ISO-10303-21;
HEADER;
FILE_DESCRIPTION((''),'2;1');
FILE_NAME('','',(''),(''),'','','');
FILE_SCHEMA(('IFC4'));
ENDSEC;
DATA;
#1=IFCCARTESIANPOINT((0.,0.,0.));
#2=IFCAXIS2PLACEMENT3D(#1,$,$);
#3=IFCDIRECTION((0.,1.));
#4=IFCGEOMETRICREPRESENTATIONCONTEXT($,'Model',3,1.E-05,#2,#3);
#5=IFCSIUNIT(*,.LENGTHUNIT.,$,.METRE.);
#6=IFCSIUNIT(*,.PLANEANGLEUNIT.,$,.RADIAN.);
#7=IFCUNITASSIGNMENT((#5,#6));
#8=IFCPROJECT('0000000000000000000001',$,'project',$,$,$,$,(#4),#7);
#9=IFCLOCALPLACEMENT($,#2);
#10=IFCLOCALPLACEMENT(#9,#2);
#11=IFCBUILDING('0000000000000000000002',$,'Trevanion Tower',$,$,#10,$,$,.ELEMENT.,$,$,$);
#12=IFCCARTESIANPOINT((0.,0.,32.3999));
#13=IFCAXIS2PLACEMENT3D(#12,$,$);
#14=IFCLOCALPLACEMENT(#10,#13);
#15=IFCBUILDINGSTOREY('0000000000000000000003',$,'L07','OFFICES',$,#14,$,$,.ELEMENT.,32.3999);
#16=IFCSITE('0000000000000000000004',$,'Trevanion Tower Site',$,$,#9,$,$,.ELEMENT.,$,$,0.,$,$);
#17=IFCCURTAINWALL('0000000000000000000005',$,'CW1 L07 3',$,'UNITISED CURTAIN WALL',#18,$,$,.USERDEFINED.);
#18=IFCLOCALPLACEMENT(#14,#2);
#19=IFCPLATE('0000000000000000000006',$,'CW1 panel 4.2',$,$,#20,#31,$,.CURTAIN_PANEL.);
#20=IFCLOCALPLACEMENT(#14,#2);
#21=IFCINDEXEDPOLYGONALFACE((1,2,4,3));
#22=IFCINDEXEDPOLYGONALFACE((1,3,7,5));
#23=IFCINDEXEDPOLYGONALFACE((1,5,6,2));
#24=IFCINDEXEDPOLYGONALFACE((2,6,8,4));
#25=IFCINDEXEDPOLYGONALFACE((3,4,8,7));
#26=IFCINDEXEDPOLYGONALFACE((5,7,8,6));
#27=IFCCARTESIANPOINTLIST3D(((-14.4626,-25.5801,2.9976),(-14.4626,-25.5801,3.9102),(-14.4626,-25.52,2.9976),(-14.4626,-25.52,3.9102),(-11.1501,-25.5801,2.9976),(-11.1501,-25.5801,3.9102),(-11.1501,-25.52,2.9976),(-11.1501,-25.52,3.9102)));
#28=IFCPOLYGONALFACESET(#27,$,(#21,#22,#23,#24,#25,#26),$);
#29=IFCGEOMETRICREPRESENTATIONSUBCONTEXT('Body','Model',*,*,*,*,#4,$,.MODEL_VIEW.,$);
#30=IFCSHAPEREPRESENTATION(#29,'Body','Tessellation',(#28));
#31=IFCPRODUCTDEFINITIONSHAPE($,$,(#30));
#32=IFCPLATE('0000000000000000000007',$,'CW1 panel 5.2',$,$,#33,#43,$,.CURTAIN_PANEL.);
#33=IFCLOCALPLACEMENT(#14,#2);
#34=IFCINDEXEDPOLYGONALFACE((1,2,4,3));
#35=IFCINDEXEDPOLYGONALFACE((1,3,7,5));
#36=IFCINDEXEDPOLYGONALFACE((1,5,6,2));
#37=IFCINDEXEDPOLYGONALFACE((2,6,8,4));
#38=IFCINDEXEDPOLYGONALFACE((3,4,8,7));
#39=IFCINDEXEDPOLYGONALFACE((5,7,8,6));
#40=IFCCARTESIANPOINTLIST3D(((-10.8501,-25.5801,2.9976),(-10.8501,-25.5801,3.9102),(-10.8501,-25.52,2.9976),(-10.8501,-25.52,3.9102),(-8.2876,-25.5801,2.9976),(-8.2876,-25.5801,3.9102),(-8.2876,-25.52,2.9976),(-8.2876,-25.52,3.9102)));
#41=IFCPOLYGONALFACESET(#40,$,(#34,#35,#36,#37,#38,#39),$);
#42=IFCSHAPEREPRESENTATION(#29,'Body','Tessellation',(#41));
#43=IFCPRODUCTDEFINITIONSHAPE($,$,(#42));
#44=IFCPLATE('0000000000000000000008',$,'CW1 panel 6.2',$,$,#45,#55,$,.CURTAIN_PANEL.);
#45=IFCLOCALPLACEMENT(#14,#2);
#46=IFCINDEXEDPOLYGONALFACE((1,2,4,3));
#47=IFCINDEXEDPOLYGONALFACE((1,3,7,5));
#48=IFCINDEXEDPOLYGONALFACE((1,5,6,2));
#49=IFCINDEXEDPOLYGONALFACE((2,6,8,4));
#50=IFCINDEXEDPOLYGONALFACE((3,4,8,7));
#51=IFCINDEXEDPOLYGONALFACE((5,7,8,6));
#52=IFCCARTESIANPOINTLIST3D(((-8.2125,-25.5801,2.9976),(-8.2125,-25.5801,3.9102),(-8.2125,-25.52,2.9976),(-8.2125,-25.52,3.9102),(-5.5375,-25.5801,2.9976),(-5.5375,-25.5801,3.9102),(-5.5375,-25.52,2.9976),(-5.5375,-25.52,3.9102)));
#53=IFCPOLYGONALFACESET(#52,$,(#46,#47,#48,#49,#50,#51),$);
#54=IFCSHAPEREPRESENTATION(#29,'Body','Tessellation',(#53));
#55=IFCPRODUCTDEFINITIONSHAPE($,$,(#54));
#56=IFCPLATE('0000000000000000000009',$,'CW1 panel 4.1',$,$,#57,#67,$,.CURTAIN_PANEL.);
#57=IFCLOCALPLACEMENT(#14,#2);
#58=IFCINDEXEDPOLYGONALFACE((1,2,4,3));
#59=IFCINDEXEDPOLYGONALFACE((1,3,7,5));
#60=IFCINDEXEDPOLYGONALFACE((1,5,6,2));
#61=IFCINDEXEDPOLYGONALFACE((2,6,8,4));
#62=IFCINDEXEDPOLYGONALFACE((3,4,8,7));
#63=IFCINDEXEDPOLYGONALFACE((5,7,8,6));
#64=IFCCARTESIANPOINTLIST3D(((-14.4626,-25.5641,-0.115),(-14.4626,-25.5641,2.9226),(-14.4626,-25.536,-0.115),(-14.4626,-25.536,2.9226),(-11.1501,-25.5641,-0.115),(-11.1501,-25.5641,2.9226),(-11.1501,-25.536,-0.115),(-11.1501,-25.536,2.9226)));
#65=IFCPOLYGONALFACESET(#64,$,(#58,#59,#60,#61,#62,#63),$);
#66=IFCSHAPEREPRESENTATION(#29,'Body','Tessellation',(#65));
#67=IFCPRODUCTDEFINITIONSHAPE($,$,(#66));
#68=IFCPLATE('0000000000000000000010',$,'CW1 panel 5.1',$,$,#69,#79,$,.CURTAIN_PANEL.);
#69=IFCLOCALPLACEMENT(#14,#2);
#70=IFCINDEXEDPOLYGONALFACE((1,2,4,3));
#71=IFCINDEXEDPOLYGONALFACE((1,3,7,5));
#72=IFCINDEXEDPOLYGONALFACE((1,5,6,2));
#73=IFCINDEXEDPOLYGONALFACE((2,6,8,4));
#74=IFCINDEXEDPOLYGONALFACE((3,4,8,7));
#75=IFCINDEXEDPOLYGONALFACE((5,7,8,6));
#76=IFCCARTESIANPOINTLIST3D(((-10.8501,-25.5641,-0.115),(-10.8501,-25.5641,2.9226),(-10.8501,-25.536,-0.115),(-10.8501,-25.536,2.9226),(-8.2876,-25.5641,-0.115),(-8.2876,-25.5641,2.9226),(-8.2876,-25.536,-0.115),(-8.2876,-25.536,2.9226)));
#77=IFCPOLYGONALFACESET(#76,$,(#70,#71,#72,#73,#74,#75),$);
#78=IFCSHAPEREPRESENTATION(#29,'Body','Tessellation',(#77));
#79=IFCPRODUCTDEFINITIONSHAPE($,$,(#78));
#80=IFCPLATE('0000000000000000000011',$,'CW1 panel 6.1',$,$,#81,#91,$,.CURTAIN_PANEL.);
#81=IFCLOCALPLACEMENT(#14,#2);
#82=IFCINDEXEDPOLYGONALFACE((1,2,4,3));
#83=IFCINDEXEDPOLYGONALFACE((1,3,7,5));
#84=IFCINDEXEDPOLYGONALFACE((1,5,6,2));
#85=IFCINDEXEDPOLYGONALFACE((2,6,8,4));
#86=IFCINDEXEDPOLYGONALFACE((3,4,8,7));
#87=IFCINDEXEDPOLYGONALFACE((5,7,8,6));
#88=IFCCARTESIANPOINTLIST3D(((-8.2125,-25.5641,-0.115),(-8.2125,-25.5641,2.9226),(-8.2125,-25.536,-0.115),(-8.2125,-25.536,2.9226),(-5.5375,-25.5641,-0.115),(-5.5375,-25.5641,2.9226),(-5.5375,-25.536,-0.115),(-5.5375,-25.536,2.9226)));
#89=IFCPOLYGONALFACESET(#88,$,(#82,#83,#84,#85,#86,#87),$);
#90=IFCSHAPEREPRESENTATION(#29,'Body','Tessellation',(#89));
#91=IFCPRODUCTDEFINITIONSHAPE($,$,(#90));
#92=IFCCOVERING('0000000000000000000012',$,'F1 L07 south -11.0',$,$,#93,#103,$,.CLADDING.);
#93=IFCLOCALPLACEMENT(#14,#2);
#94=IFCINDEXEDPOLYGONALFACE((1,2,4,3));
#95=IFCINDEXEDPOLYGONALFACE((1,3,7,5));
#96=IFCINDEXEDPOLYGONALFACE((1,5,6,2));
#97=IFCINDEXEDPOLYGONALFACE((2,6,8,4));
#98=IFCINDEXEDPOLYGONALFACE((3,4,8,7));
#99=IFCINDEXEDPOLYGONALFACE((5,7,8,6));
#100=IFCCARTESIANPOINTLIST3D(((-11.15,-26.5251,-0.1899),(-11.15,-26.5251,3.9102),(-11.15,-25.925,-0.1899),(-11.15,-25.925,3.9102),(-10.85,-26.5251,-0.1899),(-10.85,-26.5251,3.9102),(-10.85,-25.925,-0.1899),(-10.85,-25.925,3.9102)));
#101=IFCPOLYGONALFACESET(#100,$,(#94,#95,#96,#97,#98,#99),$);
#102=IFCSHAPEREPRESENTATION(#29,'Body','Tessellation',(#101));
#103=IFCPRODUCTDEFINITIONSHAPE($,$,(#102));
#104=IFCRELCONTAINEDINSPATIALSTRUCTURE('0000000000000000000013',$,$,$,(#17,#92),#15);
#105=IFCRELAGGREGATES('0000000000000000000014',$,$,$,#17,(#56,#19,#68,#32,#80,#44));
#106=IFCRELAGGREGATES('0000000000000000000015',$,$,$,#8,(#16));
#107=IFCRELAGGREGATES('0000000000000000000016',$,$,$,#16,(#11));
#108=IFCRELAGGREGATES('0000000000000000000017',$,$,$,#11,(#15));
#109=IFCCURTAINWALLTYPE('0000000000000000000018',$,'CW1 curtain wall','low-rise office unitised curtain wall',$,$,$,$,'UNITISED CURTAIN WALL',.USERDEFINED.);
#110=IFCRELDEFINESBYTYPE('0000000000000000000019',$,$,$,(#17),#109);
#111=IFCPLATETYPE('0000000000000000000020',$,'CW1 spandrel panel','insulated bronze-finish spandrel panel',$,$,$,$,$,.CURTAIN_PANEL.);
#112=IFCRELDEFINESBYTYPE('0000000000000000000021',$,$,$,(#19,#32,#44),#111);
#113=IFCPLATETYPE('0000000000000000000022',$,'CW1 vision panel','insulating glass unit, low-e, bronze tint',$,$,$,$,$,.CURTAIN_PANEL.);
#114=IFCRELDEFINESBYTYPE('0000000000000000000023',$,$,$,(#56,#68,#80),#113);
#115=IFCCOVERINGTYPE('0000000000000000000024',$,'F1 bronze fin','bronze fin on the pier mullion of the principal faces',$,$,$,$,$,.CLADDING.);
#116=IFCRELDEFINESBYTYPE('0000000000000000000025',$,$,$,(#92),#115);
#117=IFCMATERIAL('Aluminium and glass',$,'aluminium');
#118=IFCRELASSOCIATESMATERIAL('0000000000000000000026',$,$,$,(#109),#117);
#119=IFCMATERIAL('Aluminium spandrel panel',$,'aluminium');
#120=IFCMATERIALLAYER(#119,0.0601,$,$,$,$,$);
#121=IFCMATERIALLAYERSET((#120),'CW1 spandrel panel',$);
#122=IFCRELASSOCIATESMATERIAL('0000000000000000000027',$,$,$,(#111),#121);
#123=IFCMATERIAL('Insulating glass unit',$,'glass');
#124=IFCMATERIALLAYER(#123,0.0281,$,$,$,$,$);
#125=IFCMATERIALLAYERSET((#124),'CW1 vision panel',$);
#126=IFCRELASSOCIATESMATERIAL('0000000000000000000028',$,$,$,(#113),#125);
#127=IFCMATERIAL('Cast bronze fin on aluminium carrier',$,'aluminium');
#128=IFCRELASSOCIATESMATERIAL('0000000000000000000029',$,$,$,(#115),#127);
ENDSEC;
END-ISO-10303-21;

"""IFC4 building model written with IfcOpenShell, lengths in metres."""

from ifc_helpers import new_model, si_unit, direction, frame, origin, origin_2d, place, context, subcontext, project, spatial, rectangle, extrude, material, layer, layer_set, type_object, element, aggregate, save


model = new_model("IFC4")

# Units and contexts
model_context = context("Model", 3, precision=1e-05, world=origin(), true_north=direction((0.0, 1.0)))
body_context = subcontext(model_context, "Body", "Model", "MODEL_VIEW")
ifc_project = project(units=[si_unit("LENGTHUNIT", "METRE"), si_unit("PLANEANGLEUNIT", "RADIAN")], contexts=[model_context])

# Site, building, storey
site_placement = place(None, origin())
site = spatial("IfcSite", under=ifc_project, at=site_placement, Name="Trevanion Tower Site", CompositionType="ELEMENT", RefElevation=0.0)
building_placement = place(site_placement, origin())
building = spatial("IfcBuilding", under=site, at=building_placement, Name="Trevanion Tower", CompositionType="ELEMENT")
storey_placement = place(building_placement, frame((0.0, 0.0, 32.3999)))
storey = spatial("IfcBuildingStorey", under=building, at=storey_placement, Name="L07", Description="OFFICES", CompositionType="ELEMENT", Elevation=32.3999)

# Curtain wall
ifc_material_1 = material(Name="Aluminium and glass", Category="aluminium")
curtain_wall_type = type_object("IfcCurtainWallType", Name="CW1 curtain wall", Description="low-rise office unitised curtain wall", ElementType="UNITISED CURTAIN WALL", PredefinedType="USERDEFINED", material=ifc_material_1)
curtain_wall_placement = place(storey_placement, origin())
curtain_wall = element("IfcCurtainWall", 1, at=curtain_wall_placement, inside=storey, type_object=curtain_wall_type, Name="CW1 L07 3", ObjectType="UNITISED CURTAIN WALL", PredefinedType="USERDEFINED")

# Plates
ifc_material_2 = material(Name="Aluminium spandrel panel", Category="aluminium")
ifc_layer_1 = layer(ifc_material_2, 0.0601)
ifc_layer_set_1 = layer_set([ifc_layer_1], Name="CW1 spandrel panel")
plate_type_1 = type_object("IfcPlateType", Name="CW1 spandrel panel", Description="insulated bronze-finish spandrel panel", PredefinedType="CURTAIN_PANEL", material=ifc_layer_set_1)
plate_1_placement = place(storey_placement, frame((-12.8064, -25.55, 2.9976), z_axis=(0.0, 0.0, 1.0), x_axis=(1.0, 0.0, 0.0)))
plate_1 = element("IfcPlate", 2, at=plate_1_placement, type_object=plate_type_1, Name="CW1 panel 4.2", PredefinedType="CURTAIN_PANEL", context=body_context, shape_type="SweptSolid", body=[
    extrude(rectangle(XDim=3.3125, YDim=0.0601, at=origin_2d()), origin(), (0.0, 0.0, 1.0), 0.9126),
])
plate_2_placement = place(storey_placement, frame((-9.5688, -25.55, 2.9976), z_axis=(0.0, 0.0, 1.0), x_axis=(1.0, 0.0, 0.0)))
plate_2 = element("IfcPlate", 3, at=plate_2_placement, type_object=plate_type_1, Name="CW1 panel 5.2", PredefinedType="CURTAIN_PANEL", context=body_context, shape_type="SweptSolid", body=[
    extrude(rectangle(XDim=2.5625, YDim=0.0601, at=origin_2d()), origin(), (0.0, 0.0, 1.0), 0.9126),
])
plate_3_placement = place(storey_placement, frame((-6.875, -25.55, 2.9976), z_axis=(0.0, 0.0, 1.0), x_axis=(1.0, 0.0, 0.0)))
plate_3 = element("IfcPlate", 4, at=plate_3_placement, type_object=plate_type_1, Name="CW1 panel 6.2", PredefinedType="CURTAIN_PANEL", context=body_context, shape_type="SweptSolid", body=[
    extrude(rectangle(XDim=2.675, YDim=0.0601, at=origin_2d()), origin(), (0.0, 0.0, 1.0), 0.9126),
])
ifc_material_3 = material(Name="Insulating glass unit", Category="glass")
ifc_layer_2 = layer(ifc_material_3, 0.0281)
ifc_layer_set_2 = layer_set([ifc_layer_2], Name="CW1 vision panel")
plate_type_2 = type_object("IfcPlateType", Name="CW1 vision panel", Description="insulating glass unit, low-e, bronze tint", PredefinedType="CURTAIN_PANEL", material=ifc_layer_set_2)
plate_4_placement = place(storey_placement, frame((-12.8064, -25.55, -0.115), z_axis=(0.0, 0.0, 1.0), x_axis=(1.0, 0.0, 0.0)))
plate_4 = element("IfcPlate", 5, at=plate_4_placement, type_object=plate_type_2, Name="CW1 panel 4.1", PredefinedType="CURTAIN_PANEL", context=body_context, shape_type="SweptSolid", body=[
    extrude(rectangle(XDim=3.3125, YDim=0.0281, at=origin_2d()), origin(), (0.0, 0.0, 1.0), 3.0376),
])
plate_5_placement = place(storey_placement, frame((-9.5688, -25.55, -0.115), z_axis=(0.0, 0.0, 1.0), x_axis=(1.0, 0.0, 0.0)))
plate_5 = element("IfcPlate", 6, at=plate_5_placement, type_object=plate_type_2, Name="CW1 panel 5.1", PredefinedType="CURTAIN_PANEL", context=body_context, shape_type="SweptSolid", body=[
    extrude(rectangle(XDim=2.5625, YDim=0.0281, at=origin_2d()), origin(), (0.0, 0.0, 1.0), 3.0376),
])
plate_6_placement = place(storey_placement, frame((-6.875, -25.55, -0.115), z_axis=(0.0, 0.0, 1.0), x_axis=(1.0, 0.0, 0.0)))
plate_6 = element("IfcPlate", 7, at=plate_6_placement, type_object=plate_type_2, Name="CW1 panel 6.1", PredefinedType="CURTAIN_PANEL", context=body_context, shape_type="SweptSolid", body=[
    extrude(rectangle(XDim=2.675, YDim=0.0281, at=origin_2d()), origin(), (0.0, 0.0, 1.0), 3.0376),
])
aggregate(curtain_wall, [plate_4, plate_1, plate_5, plate_2, plate_6, plate_3])

# Covering
ifc_material_4 = material(Name="Cast bronze fin on aluminium carrier", Category="aluminium")
covering_type = type_object("IfcCoveringType", Name="F1 bronze fin", Description="bronze fin on the pier mullion of the principal faces", PredefinedType="CLADDING", material=ifc_material_4)
covering_placement = place(storey_placement, frame((-11.0, -26.2251, -0.1899), z_axis=(0.0, 0.0, 1.0), x_axis=(1.0, 0.0, 0.0)))
element("IfcCovering", 8, at=covering_placement, inside=storey, type_object=covering_type, Name="F1 L07 south -11.0", PredefinedType="CLADDING", context=body_context, shape_type="SweptSolid", body=[
    extrude(rectangle(XDim=0.3, YDim=0.6001, at=origin_2d()), origin(), (0.0, 0.0, 1.0), 4.1001),
])

save(model, "model.ifc")
